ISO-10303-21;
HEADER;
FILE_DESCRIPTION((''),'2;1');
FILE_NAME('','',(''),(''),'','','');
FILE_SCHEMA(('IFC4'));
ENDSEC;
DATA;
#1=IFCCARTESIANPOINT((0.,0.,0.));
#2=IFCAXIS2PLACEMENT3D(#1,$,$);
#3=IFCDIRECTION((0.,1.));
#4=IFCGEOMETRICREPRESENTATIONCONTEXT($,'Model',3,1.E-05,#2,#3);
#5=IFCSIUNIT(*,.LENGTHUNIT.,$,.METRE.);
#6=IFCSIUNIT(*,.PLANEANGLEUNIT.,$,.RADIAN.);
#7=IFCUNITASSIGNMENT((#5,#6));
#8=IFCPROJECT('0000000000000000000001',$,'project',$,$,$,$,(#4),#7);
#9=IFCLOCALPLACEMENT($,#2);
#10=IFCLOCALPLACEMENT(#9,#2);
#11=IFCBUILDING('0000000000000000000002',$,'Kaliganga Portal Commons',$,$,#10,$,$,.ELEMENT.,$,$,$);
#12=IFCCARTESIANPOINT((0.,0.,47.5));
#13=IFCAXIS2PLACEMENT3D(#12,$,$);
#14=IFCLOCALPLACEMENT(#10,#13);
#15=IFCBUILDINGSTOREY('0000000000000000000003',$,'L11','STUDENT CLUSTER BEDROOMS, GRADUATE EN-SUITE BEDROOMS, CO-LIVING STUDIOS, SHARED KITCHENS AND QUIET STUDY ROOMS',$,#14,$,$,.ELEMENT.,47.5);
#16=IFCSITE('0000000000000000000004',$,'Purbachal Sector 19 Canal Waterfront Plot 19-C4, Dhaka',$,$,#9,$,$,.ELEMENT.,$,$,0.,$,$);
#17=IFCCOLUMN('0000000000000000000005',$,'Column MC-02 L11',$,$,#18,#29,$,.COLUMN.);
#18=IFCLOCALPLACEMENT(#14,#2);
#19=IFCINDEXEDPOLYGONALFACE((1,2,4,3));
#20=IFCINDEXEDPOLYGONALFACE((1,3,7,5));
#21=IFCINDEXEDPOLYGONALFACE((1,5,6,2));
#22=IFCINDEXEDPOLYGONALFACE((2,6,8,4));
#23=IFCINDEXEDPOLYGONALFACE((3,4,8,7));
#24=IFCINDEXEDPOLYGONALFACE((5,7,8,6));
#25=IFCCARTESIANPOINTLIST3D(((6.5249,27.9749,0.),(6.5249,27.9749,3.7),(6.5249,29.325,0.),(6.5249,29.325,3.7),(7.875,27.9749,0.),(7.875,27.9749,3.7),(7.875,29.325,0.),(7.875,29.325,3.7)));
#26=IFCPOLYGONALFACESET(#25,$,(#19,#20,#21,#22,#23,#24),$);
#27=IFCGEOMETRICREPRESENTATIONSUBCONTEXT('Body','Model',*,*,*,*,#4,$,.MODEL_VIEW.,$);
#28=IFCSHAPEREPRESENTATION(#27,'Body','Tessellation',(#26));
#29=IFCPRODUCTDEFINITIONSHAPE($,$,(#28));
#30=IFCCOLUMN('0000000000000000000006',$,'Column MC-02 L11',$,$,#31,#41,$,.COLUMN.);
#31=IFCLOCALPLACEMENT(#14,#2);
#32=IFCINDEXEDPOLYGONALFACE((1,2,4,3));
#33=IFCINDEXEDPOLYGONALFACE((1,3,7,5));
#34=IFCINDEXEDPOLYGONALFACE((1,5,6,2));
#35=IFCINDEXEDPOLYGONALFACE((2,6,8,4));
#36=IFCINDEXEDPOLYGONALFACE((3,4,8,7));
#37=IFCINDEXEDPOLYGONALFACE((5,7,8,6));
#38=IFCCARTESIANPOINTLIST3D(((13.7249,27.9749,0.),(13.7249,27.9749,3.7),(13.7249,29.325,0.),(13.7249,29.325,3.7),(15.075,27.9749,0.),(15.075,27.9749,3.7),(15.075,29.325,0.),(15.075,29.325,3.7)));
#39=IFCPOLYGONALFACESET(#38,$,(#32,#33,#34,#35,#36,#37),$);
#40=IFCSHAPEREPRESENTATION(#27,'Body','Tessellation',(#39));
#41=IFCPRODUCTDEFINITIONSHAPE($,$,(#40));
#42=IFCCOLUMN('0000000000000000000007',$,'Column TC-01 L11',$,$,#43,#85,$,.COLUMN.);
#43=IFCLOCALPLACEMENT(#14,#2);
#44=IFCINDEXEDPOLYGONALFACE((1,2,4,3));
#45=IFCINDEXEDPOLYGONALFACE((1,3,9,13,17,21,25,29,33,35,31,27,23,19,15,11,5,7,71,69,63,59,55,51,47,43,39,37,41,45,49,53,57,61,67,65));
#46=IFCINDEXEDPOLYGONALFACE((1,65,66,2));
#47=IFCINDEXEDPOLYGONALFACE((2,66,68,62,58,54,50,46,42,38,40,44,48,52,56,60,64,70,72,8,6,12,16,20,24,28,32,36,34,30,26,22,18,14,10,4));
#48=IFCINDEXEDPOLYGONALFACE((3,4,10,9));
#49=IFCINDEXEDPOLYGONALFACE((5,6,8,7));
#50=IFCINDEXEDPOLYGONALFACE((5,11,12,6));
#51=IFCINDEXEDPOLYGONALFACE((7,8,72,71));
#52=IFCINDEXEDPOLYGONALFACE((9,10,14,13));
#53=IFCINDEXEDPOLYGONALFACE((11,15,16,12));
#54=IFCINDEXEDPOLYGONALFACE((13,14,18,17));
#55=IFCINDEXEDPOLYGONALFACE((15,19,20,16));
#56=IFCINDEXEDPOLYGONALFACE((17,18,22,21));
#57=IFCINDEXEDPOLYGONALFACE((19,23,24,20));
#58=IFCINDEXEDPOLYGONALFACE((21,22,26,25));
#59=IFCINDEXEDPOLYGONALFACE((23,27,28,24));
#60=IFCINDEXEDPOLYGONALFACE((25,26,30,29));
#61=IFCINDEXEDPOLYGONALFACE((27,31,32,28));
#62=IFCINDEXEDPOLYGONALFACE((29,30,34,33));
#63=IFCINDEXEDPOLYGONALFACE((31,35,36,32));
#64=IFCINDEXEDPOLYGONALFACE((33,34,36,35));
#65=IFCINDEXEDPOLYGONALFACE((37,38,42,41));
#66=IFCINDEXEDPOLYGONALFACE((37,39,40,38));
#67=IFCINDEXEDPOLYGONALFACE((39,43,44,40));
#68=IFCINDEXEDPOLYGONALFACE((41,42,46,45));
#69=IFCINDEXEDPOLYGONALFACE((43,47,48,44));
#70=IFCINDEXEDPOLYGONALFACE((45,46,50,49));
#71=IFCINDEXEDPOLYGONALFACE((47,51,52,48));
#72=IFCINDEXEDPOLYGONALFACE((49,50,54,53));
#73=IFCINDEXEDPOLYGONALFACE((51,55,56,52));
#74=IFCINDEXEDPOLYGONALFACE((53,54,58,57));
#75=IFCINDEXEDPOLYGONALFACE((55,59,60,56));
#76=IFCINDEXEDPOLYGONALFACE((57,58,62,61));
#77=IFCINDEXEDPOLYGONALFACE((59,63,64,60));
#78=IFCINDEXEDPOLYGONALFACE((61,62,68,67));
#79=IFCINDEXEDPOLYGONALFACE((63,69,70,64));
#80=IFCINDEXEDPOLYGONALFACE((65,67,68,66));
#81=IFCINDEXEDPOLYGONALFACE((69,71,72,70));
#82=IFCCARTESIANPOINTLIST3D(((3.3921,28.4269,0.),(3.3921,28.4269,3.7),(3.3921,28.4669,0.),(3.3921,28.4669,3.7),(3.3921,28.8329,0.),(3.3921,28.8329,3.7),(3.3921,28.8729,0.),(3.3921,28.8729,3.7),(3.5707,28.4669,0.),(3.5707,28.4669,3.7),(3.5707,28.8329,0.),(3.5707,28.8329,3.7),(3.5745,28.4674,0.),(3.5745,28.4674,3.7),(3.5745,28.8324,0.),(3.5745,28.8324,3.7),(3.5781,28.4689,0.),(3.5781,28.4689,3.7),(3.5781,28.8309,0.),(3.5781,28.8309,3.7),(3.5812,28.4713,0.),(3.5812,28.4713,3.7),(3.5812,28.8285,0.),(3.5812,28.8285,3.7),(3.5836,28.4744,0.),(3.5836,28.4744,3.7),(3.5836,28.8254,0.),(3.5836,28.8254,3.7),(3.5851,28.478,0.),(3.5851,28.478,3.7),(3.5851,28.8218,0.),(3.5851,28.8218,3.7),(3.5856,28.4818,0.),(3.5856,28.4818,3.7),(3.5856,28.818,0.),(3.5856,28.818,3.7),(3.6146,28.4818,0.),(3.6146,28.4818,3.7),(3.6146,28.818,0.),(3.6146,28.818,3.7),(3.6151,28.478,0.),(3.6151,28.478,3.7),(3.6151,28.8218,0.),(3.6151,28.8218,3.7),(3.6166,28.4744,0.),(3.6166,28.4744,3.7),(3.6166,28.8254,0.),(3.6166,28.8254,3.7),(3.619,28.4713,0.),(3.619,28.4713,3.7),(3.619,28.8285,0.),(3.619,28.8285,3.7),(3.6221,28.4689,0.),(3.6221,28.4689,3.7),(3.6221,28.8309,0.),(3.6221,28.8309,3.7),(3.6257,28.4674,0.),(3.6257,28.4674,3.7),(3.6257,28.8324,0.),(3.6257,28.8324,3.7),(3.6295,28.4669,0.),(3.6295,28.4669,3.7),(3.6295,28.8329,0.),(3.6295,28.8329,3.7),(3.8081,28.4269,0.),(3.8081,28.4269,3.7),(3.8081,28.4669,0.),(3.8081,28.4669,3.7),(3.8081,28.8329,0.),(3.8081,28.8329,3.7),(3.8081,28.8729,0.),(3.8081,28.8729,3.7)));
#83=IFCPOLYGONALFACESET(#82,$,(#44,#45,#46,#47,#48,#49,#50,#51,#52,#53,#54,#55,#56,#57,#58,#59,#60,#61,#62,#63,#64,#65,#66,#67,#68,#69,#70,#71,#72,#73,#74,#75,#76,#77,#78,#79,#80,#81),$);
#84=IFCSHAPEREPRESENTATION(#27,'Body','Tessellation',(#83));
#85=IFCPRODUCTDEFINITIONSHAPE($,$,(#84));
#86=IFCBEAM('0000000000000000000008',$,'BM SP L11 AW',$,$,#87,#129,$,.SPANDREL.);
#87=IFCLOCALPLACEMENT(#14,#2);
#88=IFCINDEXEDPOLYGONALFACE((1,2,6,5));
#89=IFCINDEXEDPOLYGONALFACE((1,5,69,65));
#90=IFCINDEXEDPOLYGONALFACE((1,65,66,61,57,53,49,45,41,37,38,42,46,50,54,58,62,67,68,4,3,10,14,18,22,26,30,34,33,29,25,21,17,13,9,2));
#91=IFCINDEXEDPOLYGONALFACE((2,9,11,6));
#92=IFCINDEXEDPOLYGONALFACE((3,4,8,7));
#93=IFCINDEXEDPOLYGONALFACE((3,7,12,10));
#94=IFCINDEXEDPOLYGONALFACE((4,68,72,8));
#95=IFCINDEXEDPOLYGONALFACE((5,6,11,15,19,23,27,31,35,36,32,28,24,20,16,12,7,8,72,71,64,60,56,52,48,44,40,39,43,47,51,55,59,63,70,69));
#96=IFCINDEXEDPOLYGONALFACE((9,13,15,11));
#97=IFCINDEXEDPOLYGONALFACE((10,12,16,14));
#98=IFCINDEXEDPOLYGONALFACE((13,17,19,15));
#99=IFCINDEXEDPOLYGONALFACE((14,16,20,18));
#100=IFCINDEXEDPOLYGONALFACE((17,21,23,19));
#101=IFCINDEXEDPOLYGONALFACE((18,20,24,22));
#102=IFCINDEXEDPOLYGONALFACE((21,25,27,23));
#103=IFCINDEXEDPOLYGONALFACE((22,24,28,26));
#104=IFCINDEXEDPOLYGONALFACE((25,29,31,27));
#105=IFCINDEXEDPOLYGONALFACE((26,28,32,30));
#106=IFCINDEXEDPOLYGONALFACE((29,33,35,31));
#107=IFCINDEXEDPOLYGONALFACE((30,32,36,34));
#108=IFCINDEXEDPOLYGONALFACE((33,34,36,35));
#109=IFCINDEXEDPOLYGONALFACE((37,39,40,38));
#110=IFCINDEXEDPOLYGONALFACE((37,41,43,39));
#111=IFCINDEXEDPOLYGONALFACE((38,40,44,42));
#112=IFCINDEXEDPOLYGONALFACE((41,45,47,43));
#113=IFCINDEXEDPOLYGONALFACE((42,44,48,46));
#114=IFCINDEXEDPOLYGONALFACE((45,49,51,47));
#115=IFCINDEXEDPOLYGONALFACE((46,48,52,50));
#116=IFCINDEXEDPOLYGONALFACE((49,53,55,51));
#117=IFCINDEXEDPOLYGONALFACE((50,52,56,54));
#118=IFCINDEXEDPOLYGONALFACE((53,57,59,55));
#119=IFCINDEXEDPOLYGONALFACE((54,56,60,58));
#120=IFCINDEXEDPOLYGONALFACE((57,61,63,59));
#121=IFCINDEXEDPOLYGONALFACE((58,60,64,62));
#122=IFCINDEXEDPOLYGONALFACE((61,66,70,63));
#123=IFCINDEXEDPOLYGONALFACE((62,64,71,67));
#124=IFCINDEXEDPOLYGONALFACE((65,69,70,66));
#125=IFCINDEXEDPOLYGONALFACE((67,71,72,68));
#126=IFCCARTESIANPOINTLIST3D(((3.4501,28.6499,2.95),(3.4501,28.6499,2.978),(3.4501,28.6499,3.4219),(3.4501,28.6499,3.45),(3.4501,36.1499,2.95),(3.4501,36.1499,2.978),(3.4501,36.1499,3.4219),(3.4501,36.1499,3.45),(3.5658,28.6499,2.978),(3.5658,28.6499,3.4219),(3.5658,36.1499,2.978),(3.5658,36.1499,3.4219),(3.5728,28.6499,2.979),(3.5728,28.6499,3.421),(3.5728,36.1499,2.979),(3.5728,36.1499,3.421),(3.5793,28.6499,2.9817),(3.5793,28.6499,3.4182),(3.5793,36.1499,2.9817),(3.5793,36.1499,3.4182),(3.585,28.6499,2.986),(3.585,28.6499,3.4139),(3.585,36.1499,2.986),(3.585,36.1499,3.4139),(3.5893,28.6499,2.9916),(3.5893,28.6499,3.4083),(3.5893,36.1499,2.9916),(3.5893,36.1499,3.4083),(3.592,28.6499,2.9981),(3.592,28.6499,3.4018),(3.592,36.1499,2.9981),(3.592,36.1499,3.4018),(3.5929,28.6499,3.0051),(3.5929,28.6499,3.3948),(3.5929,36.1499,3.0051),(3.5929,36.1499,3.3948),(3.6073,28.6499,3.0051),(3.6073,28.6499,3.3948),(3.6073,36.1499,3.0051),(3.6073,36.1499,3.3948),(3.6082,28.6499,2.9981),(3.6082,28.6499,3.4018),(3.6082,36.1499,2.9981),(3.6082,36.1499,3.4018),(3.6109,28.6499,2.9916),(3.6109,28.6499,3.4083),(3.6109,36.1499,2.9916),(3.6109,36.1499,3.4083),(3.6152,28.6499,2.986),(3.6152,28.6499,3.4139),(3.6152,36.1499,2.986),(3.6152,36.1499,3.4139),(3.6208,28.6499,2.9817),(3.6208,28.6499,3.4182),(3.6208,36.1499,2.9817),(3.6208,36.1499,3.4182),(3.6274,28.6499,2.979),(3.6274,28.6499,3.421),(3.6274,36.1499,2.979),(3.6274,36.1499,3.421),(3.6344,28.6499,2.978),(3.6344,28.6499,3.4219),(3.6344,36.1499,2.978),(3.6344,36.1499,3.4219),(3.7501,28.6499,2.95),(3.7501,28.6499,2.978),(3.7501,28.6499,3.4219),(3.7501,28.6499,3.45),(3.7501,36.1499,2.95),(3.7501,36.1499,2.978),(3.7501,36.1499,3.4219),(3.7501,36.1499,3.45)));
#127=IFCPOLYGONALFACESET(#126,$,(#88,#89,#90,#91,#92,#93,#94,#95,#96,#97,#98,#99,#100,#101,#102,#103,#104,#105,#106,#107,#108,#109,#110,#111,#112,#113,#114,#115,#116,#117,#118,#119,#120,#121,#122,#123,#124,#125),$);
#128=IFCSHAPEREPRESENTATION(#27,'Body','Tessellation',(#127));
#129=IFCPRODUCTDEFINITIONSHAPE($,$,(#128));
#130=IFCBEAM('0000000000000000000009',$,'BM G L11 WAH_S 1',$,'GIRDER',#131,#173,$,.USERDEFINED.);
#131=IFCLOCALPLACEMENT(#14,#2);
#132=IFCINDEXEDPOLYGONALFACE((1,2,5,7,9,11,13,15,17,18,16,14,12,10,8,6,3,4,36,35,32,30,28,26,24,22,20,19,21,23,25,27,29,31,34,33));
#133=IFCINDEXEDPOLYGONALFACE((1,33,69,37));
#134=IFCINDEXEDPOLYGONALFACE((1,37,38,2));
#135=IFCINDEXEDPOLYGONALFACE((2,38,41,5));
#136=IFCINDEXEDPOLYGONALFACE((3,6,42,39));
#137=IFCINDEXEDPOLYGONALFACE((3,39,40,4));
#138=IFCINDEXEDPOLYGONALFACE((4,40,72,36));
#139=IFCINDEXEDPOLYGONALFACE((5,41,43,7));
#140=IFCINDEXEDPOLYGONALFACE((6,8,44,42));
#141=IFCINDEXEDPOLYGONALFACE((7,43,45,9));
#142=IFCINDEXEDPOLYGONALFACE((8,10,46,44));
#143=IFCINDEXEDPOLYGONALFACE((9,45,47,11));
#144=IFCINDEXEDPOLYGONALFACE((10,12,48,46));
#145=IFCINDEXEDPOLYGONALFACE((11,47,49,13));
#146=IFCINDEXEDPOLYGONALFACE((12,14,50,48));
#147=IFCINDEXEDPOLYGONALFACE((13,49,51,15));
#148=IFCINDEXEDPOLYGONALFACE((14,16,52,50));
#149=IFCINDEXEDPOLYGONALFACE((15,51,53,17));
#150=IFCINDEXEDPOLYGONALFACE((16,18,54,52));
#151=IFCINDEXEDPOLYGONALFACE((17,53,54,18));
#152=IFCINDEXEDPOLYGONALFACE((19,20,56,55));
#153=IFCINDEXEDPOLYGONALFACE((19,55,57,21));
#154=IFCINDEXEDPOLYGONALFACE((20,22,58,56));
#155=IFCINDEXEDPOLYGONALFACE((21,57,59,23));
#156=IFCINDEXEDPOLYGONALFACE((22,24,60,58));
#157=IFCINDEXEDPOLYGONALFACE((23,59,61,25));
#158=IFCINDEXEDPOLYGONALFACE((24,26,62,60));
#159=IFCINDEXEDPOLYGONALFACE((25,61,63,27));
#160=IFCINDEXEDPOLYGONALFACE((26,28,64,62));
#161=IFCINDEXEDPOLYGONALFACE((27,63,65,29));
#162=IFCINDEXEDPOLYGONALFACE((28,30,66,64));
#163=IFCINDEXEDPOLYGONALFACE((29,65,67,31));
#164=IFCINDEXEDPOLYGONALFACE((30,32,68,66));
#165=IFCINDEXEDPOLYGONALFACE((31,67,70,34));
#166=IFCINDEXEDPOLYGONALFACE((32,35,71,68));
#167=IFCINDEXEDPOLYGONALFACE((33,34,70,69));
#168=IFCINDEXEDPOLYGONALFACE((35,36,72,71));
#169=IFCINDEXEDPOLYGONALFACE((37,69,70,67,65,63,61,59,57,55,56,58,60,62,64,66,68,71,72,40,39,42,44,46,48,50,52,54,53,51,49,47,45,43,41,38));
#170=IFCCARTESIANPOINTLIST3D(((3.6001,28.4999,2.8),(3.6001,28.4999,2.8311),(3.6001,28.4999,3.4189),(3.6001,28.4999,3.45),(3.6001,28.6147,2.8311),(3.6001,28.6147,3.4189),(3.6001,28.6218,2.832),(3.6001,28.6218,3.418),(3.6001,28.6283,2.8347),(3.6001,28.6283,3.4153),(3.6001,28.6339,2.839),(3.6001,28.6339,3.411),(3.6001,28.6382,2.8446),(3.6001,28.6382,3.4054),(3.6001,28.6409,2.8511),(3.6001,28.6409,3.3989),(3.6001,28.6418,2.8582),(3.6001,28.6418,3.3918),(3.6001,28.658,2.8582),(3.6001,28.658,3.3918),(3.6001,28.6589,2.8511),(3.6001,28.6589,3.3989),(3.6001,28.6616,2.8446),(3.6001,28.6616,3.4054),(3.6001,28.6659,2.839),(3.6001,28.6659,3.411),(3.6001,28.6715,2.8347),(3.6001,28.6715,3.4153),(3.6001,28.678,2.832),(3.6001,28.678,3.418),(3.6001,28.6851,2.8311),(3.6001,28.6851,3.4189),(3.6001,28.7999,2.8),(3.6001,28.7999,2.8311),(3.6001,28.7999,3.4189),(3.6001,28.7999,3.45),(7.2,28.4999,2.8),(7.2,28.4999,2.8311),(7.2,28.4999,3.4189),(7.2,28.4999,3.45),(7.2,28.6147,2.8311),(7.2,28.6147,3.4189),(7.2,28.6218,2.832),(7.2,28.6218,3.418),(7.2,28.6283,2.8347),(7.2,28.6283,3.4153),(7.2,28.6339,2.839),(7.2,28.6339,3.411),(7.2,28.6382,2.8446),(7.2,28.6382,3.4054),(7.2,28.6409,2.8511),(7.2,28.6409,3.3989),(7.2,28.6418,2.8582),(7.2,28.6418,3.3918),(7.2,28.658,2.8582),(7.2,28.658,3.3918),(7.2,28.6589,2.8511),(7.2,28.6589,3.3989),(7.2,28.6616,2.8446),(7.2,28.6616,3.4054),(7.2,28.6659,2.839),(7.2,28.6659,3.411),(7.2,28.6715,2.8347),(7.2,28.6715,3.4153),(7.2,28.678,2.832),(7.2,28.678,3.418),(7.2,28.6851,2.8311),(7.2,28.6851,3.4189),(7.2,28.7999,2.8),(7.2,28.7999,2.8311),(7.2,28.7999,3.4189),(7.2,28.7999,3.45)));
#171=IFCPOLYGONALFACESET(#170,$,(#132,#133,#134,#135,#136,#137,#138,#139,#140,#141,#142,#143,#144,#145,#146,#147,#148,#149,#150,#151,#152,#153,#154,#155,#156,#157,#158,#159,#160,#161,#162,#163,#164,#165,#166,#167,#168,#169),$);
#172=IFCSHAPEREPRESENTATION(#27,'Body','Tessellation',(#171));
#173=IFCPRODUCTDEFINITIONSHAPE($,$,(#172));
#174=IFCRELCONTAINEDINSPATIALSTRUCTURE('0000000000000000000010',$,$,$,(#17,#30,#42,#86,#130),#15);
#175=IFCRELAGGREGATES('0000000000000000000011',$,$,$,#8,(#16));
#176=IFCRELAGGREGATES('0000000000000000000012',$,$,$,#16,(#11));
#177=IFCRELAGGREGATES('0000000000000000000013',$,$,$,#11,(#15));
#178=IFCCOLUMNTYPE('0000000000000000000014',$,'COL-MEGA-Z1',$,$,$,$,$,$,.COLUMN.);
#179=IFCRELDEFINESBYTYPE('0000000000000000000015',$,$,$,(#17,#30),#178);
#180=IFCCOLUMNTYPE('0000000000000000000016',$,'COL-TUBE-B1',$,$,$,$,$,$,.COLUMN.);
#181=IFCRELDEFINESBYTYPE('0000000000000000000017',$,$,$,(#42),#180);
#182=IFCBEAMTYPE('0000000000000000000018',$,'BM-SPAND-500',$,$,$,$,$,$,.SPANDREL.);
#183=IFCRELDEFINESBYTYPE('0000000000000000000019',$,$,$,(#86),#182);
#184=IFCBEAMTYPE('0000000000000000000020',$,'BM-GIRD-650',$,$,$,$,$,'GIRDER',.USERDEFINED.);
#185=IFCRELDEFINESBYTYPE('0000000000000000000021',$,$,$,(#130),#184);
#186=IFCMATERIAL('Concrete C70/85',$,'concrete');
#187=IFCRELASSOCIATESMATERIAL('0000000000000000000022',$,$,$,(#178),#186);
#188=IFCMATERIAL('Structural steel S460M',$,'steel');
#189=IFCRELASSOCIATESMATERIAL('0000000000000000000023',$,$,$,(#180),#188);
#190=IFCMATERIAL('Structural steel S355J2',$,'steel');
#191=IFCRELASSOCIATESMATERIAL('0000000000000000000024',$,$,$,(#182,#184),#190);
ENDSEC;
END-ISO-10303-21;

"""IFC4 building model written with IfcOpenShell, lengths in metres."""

from ifc_helpers import new_model, si_unit, direction, frame, origin, origin_2d, place, context, subcontext, project, spatial, rectangle, i_section, extrude, source, transform, mapped, material, material_profile, profile_set, type_object, element, save


model = new_model("IFC4")

# Units and contexts
model_context = context("Model", 3, precision=1e-05, world=origin(), true_north=direction((0.0, 1.0)))
body_context = subcontext(model_context, "Body", "Model", "MODEL_VIEW")
ifc_project = project(units=[si_unit("LENGTHUNIT", "METRE"), si_unit("PLANEANGLEUNIT", "RADIAN")], contexts=[model_context])

# Site, building, storey
site_placement = place(None, origin())
site = spatial("IfcSite", under=ifc_project, at=site_placement, Name="Purbachal Sector 19 Canal Waterfront Plot 19-C4, Dhaka", CompositionType="ELEMENT", RefElevation=0.0)
building_placement = place(site_placement, origin())
building = spatial("IfcBuilding", under=site, at=building_placement, Name="Kaliganga Portal Commons", CompositionType="ELEMENT")
storey_placement = place(building_placement, frame((0.0, 0.0, 47.5)))
storey = spatial("IfcBuildingStorey", under=building, at=storey_placement, Name="L11", Description="STUDENT CLUSTER BEDROOMS, GRADUATE EN-SUITE BEDROOMS, CO-LIVING STUDIOS, SHARED KITCHENS AND QUIET STUDY ROOMS", CompositionType="ELEMENT", Elevation=47.5)

# Columns
ifc_material_1 = material(Name="Concrete C70/85", Category="concrete")
ifc_material_profile_1 = material_profile(ifc_material_1, rectangle(XDim=1.3501, YDim=1.3501, at=origin_2d()), Name="RC 1350x1350")
ifc_profile_set_1 = profile_set([ifc_material_profile_1], Name="Concrete C70/85")
column_type_1 = type_object("IfcColumnType", Name="COL-MEGA-Z1", PredefinedType="COLUMN", material=ifc_profile_set_1)
shared_shape_1 = source(origin(), body_context, "Body", "SweptSolid", [
    extrude(rectangle(XDim=1.3501, YDim=1.3501, at=origin_2d()), origin(), (0.0, 0.0, 1.0), 3.7),
])
for number, where, z_axis, x_axis, name in (
    (1, (7.2, 28.6499, 0.0), (0.0, 0.0, 1.0), (1.0, 0.0, 0.0), "Column MC-02 L11"),
    (2, (14.3999, 28.6499, 0.0), (0.0, 0.0, 1.0), (1.0, 0.0, 0.0), "Column MC-02 L11"),
):
    element("IfcColumn", number, at=place(storey_placement, frame(where, z_axis=z_axis, x_axis=x_axis)), inside=storey, type_object=column_type_1, Name=name, PredefinedType="COLUMN", context=body_context, shape_type="MappedRepresentation", body=[
        mapped(shared_shape_1, transform((0.0, 0.0, 0.0), x_axis=(1.0, 0.0, 0.0), y_axis=(0.0, 1.0, 0.0), z_axis=(0.0, 0.0, 1.0), scale=1.0)),
    ])
ifc_material_2 = material(Name="Structural steel S460M", Category="steel")
ifc_material_profile_2 = material_profile(ifc_material_2, i_section(OverallWidth=0.416, OverallDepth=0.446, WebThickness=0.0291, FlangeThickness=0.04, FilletRadius=0.0149, at=origin_2d()), Name="HD 400x509")
ifc_profile_set_2 = profile_set([ifc_material_profile_2], Name="Structural steel S460M wide-flange")
column_type_2 = type_object("IfcColumnType", Name="COL-TUBE-B1", PredefinedType="COLUMN", material=ifc_profile_set_2)
shared_shape_2 = source(origin(), body_context, "Body", "SweptSolid", [
    extrude(i_section(OverallWidth=0.416, OverallDepth=0.446, WebThickness=0.0291, FlangeThickness=0.04, FilletRadius=0.0149, at=origin_2d()), origin(), (0.0, 0.0, 1.0), 3.7),
])
column_placement = place(storey_placement, frame((3.6001, 28.6499, 0.0), z_axis=(0.0, 0.0, 1.0), x_axis=(1.0, 0.0, 0.0)))
element("IfcColumn", 3, at=column_placement, inside=storey, type_object=column_type_2, Name="Column TC-01 L11", PredefinedType="COLUMN", context=body_context, shape_type="MappedRepresentation", body=[
    mapped(shared_shape_2, transform((0.0, 0.0, 0.0), x_axis=(1.0, 0.0, 0.0), y_axis=(0.0, 1.0, 0.0), z_axis=(0.0, 0.0, 1.0), scale=1.0)),
])

# Beams
ifc_material_3 = material(Name="Structural steel S355J2", Category="steel")
ifc_material_profile_3 = material_profile(ifc_material_3, i_section(OverallWidth=0.3, OverallDepth=0.5, WebThickness=0.0144, FlangeThickness=0.0281, FilletRadius=0.0271, at=origin_2d()), Name="HE 500 B")
ifc_profile_set_3 = profile_set([ifc_material_profile_3], Name="Structural steel S355J2 wide-flange")
beam_type_1 = type_object("IfcBeamType", Name="BM-SPAND-500", PredefinedType="SPANDREL", material=ifc_profile_set_3)
shared_shape_3 = source(origin(), body_context, "Body", "SweptSolid", [
    extrude(i_section(OverallWidth=0.3, OverallDepth=0.5, WebThickness=0.0144, FlangeThickness=0.0281, FilletRadius=0.0271, at=origin_2d()), origin(), (0.0, 0.0, 1.0), 7.5),
])
beam_1_placement = place(storey_placement, frame((3.6001, 28.6499, 3.2), z_axis=(0.0, 1.0, 0.0), x_axis=(-1.0, 0.0, 0.0)))
element("IfcBeam", 4, at=beam_1_placement, inside=storey, type_object=beam_type_1, Name="BM SP L11 AW", PredefinedType="SPANDREL", context=body_context, shape_type="MappedRepresentation", body=[
    mapped(shared_shape_3, transform((0.0, 0.0, 0.0), x_axis=(1.0, 0.0, 0.0), y_axis=(0.0, 1.0, 0.0), z_axis=(0.0, 0.0, 1.0), scale=1.0)),
])
ifc_material_profile_4 = material_profile(ifc_material_3, i_section(OverallWidth=0.3, OverallDepth=0.6499, WebThickness=0.0161, FlangeThickness=0.031, FilletRadius=0.0271, at=origin_2d()), Name="HE 650 B")
ifc_profile_set_4 = profile_set([ifc_material_profile_4], Name="Structural steel S355J2 wide-flange")
beam_type_2 = type_object("IfcBeamType", Name="BM-GIRD-650", ElementType="GIRDER", PredefinedType="USERDEFINED", material=ifc_profile_set_4)
shared_shape_4 = source(origin(), body_context, "Body", "SweptSolid", [
    extrude(i_section(OverallWidth=0.3, OverallDepth=0.6499, WebThickness=0.0161, FlangeThickness=0.031, FilletRadius=0.0271, at=origin_2d()), origin(), (0.0, 0.0, 1.0), 3.5999),
])
beam_2_placement = place(storey_placement, frame((3.6001, 28.6499, 3.125), z_axis=(1.0, 0.0, 0.0), x_axis=(0.0, 1.0, 0.0)))
element("IfcBeam", 5, at=beam_2_placement, inside=storey, type_object=beam_type_2, Name="BM G L11 WAH_S 1", ObjectType="GIRDER", PredefinedType="USERDEFINED", context=body_context, shape_type="MappedRepresentation", body=[
    mapped(shared_shape_4, transform((0.0, 0.0, 0.0), x_axis=(1.0, 0.0, 0.0), y_axis=(0.0, 1.0, 0.0), z_axis=(0.0, 0.0, 1.0), scale=1.0)),
])

save(model, "model.ifc")
